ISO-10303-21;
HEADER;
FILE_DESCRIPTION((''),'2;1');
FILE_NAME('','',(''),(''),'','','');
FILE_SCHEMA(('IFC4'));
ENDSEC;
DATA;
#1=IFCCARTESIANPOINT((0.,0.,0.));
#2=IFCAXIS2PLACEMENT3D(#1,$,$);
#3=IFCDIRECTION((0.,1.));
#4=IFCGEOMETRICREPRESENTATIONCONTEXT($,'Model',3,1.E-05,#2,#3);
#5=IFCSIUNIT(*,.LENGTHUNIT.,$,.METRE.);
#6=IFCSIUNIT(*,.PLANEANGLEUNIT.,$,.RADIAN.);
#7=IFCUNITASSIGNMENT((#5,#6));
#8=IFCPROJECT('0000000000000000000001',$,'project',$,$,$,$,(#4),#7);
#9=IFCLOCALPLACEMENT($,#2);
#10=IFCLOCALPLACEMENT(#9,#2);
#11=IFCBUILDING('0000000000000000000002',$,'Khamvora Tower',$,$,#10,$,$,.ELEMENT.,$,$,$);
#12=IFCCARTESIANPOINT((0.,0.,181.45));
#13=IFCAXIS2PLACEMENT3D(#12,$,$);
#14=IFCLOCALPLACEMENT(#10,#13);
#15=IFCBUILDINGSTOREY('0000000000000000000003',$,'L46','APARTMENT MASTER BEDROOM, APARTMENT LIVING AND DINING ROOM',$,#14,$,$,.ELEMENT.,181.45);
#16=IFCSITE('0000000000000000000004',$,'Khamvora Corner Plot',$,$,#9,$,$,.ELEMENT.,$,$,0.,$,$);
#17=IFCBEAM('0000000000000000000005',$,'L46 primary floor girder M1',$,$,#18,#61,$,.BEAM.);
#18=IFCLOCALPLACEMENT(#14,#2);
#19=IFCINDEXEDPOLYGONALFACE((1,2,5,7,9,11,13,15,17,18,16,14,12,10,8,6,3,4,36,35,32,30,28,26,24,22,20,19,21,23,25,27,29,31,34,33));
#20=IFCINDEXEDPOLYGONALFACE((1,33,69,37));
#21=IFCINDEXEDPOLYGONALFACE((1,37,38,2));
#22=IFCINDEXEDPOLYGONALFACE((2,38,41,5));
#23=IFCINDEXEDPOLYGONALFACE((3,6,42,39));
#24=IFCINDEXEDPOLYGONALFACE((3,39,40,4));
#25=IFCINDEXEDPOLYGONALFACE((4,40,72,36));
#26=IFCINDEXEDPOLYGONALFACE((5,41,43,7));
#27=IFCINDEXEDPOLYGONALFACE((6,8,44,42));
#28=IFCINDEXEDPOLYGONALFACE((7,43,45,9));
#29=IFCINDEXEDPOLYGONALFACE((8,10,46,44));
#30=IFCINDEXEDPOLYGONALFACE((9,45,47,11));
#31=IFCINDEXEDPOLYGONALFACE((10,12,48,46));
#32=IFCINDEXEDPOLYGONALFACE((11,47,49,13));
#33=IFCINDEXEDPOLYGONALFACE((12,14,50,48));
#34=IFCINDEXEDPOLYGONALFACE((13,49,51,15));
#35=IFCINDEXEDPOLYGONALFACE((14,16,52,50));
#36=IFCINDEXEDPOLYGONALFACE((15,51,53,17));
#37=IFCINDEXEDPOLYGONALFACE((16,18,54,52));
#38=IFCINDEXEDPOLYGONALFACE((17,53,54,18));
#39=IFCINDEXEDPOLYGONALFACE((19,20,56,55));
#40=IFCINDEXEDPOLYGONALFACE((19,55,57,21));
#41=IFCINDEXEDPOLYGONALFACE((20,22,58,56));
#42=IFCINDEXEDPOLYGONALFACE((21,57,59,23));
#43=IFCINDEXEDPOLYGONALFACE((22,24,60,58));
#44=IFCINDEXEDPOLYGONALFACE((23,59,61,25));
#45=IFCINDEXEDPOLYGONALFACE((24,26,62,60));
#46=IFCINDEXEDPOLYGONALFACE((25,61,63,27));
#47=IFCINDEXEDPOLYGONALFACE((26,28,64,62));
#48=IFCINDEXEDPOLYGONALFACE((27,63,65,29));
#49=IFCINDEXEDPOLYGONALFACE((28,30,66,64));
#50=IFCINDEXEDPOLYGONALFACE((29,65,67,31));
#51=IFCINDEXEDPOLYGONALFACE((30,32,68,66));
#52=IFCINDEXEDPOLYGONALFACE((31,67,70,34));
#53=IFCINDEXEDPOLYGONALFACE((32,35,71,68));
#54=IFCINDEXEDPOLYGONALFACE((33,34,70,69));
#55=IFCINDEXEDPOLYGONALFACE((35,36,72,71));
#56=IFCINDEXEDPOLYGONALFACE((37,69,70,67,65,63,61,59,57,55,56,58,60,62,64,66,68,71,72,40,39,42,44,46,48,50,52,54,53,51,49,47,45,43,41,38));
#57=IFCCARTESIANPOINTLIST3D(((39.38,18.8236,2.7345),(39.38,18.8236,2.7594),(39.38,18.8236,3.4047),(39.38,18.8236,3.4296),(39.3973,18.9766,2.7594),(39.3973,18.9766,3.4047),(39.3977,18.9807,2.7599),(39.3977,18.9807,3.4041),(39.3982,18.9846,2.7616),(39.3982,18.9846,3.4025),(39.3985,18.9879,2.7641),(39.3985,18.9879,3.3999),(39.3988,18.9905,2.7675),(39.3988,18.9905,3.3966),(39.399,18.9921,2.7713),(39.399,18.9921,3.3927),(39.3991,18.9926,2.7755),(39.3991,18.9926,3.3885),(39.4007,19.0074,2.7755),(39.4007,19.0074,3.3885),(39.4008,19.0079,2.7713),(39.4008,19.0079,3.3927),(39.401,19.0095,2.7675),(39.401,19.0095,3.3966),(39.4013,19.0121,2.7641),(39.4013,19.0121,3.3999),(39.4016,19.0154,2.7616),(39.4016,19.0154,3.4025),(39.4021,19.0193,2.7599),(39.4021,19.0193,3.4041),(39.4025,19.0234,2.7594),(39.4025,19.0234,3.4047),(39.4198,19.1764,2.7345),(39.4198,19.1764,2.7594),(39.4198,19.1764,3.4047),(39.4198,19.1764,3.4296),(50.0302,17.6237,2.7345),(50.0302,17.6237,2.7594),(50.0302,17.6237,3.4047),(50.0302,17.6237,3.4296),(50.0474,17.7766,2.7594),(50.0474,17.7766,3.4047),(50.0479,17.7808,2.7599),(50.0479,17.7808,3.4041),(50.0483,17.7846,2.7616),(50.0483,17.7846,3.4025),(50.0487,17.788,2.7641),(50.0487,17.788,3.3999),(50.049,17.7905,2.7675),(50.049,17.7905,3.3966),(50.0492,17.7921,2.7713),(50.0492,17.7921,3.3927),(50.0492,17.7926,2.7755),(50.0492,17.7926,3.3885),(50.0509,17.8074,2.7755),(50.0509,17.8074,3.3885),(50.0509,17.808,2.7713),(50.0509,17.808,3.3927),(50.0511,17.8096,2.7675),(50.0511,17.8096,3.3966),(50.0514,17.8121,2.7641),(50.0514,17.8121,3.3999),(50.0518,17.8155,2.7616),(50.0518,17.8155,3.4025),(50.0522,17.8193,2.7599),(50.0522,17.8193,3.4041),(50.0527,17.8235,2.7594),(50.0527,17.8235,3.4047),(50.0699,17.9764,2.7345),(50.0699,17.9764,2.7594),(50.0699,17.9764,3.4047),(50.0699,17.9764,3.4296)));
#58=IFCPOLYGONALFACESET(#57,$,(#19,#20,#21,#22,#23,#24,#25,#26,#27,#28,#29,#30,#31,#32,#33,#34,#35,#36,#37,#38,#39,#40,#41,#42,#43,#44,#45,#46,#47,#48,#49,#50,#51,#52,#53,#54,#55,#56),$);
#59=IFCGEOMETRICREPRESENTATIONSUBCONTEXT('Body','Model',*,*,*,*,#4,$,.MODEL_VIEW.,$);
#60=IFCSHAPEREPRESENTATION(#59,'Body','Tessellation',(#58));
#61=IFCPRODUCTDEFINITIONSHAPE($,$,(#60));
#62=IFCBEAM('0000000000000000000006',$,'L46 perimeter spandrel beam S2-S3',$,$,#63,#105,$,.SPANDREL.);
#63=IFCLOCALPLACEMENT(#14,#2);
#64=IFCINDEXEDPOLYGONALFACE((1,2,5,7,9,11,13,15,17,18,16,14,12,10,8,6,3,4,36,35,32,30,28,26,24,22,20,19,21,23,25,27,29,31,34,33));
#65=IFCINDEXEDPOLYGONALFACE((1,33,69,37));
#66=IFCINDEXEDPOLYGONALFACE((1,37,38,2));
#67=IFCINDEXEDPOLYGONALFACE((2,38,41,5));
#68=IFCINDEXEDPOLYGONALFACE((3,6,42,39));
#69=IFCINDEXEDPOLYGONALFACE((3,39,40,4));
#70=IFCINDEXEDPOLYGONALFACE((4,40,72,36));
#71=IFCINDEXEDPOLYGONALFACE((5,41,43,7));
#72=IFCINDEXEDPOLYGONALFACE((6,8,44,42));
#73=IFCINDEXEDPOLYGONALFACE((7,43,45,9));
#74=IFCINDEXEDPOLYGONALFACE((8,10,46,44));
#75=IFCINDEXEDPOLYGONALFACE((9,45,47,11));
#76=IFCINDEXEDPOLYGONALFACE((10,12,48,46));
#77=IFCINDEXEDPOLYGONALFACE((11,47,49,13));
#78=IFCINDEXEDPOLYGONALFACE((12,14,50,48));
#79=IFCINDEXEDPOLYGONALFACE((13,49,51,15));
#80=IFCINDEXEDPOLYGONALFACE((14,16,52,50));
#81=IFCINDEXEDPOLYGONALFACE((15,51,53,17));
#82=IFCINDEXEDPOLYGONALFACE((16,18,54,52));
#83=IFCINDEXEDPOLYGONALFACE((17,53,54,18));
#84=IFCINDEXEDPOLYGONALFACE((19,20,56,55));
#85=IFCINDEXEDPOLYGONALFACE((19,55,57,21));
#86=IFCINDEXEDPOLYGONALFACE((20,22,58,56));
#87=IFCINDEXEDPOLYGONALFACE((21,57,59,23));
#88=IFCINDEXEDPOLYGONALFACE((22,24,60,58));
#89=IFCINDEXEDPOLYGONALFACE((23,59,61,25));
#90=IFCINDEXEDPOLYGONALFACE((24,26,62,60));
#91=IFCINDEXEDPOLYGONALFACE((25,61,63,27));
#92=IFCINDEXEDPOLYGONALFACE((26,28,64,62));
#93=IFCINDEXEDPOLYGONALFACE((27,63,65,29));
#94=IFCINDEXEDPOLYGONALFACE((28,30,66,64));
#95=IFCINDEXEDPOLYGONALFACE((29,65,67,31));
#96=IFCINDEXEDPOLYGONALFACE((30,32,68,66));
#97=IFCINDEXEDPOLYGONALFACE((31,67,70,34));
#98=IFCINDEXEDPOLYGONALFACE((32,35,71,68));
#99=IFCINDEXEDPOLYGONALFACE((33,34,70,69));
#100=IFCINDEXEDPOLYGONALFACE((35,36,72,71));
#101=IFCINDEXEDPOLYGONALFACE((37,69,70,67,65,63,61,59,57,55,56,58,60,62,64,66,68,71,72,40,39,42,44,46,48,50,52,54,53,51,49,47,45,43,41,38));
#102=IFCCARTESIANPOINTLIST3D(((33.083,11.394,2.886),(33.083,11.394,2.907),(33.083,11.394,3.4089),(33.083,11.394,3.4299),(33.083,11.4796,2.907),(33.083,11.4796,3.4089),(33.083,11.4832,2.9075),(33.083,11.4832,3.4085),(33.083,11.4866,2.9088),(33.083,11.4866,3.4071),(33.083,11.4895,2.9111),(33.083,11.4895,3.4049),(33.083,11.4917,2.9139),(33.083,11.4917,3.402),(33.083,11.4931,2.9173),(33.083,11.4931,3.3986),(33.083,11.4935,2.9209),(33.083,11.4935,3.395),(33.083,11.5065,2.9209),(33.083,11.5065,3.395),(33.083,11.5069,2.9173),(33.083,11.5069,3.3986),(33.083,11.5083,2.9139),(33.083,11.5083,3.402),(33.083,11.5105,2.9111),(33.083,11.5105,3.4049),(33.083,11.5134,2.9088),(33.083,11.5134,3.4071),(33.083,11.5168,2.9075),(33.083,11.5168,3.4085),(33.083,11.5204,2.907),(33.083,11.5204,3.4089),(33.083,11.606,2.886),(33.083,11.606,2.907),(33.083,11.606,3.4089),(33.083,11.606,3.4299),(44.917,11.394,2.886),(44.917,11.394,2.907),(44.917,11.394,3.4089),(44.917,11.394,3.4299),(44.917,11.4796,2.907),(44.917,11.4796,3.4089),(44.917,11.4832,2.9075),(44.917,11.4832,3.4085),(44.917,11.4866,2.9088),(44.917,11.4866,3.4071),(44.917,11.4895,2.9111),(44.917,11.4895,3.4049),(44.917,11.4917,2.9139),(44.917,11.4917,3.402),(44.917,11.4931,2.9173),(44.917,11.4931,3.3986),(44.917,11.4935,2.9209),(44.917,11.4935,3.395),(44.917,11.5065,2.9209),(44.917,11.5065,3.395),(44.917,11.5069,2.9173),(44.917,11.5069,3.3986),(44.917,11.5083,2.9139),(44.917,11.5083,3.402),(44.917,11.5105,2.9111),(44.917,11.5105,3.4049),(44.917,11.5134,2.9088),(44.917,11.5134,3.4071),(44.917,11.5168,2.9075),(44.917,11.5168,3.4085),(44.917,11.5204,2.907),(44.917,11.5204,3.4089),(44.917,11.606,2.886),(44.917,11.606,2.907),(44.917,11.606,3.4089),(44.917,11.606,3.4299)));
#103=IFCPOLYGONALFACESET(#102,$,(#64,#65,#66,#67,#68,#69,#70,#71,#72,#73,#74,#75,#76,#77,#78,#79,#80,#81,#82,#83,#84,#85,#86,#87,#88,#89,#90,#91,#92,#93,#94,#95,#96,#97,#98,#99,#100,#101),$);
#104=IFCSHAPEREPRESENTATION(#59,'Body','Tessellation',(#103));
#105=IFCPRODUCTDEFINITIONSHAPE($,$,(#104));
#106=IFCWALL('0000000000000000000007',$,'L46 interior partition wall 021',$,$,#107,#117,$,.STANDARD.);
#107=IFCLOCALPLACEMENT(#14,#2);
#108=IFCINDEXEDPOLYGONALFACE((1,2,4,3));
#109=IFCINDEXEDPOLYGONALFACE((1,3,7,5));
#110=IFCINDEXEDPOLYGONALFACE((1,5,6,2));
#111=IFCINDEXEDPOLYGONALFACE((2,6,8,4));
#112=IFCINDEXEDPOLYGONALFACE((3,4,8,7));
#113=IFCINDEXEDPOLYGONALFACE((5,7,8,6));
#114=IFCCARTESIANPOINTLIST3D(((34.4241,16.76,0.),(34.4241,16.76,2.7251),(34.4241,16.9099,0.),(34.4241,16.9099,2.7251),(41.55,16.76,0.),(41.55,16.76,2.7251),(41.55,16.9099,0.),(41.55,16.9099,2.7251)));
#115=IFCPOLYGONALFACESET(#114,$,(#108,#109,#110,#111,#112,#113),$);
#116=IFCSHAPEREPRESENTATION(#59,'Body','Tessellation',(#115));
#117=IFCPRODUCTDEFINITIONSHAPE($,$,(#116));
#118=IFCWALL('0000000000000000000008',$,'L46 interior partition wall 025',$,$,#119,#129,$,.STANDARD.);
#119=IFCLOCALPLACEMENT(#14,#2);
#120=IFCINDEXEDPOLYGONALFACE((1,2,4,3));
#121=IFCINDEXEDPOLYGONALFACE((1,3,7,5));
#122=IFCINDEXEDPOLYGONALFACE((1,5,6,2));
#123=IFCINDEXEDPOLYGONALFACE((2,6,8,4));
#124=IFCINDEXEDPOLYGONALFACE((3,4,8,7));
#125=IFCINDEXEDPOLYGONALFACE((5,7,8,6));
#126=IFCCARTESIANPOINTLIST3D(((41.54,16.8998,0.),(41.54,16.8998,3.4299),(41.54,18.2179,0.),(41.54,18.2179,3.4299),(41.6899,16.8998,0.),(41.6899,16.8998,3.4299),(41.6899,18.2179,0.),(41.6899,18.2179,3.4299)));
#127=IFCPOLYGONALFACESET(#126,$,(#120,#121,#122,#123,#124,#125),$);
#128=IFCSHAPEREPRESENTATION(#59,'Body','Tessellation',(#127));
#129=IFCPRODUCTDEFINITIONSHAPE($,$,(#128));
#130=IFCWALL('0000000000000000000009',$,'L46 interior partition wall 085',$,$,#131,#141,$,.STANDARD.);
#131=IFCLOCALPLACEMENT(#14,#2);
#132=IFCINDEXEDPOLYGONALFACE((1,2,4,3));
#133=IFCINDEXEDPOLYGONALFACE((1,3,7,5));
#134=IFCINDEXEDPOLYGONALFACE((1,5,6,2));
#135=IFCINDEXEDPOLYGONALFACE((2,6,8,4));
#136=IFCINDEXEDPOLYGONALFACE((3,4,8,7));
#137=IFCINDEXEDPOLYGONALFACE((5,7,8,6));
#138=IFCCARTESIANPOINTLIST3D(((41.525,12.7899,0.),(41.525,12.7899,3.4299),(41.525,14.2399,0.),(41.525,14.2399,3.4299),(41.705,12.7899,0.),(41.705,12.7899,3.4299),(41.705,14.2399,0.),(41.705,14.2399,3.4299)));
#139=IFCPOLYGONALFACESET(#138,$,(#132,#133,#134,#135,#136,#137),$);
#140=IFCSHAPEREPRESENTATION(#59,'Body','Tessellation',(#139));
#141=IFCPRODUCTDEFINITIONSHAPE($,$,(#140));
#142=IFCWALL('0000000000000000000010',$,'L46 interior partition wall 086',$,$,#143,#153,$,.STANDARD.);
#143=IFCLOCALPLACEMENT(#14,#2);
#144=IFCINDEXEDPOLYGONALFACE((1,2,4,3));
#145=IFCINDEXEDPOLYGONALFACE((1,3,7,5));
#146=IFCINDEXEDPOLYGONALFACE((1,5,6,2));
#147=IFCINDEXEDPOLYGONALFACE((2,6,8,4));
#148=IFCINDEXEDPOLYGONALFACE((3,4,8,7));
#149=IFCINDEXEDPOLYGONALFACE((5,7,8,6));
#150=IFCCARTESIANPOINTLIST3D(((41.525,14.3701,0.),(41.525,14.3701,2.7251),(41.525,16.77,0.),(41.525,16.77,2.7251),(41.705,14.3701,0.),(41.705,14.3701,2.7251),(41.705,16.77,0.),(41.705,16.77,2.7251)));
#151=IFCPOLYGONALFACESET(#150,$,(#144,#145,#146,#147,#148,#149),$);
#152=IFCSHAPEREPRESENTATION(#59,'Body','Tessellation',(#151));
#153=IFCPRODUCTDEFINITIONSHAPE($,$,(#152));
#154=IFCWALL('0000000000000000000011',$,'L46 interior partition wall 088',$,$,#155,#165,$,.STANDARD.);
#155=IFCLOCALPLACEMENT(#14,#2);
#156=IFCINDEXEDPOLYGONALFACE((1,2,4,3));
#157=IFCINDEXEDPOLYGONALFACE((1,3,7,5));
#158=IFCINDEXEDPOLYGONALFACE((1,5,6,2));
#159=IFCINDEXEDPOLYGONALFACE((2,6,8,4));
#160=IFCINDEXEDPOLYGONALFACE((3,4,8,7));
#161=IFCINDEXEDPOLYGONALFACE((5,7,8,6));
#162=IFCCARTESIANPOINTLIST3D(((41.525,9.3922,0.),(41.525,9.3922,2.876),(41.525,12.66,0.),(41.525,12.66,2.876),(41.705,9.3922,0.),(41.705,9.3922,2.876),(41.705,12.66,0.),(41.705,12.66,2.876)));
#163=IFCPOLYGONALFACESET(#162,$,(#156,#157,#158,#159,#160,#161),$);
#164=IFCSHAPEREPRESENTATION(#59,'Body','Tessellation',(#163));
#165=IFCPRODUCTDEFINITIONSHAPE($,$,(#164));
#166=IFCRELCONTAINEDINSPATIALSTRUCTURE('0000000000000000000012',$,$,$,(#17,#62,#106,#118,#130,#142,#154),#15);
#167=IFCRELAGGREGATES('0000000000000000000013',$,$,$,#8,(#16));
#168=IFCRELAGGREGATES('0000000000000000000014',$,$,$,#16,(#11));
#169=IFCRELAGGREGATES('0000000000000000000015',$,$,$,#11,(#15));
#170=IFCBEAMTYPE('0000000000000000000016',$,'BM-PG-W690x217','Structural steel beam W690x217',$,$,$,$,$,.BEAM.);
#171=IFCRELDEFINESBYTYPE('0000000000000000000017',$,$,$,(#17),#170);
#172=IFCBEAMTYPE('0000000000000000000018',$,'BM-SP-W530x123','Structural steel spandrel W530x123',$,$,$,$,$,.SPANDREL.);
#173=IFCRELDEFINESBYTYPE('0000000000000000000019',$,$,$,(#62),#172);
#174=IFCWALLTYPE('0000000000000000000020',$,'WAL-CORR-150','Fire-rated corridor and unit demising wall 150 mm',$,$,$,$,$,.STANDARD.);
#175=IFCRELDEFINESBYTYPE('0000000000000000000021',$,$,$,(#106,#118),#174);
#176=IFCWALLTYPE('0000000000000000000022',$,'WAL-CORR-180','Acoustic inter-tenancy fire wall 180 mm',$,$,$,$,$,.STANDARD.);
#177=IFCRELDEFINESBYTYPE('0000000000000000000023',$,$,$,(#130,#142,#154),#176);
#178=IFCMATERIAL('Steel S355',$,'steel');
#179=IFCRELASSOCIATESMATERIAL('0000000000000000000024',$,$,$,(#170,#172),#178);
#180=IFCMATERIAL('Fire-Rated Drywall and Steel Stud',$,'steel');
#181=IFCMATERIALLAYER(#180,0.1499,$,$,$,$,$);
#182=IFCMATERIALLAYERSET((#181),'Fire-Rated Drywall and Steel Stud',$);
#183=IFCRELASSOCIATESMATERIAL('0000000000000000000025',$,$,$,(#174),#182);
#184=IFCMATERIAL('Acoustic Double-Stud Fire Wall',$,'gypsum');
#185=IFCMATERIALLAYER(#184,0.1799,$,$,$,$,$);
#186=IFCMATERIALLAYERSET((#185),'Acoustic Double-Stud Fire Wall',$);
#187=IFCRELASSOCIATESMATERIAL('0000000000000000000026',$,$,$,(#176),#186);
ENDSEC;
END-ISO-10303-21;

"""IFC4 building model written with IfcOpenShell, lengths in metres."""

from ifc_helpers import new_model, si_unit, direction, frame, frame_2d, origin, origin_2d, place, context, subcontext, project, spatial, rectangle, i_section, extrude, material, layer, layer_set, material_profile, profile_set, type_object, element, save


model = new_model("IFC4")

# Units and contexts
model_context = context("Model", 3, precision=1e-05, world=origin(), true_north=direction((0.0, 1.0)))
body_context = subcontext(model_context, "Body", "Model", "MODEL_VIEW")
ifc_project = project(units=[si_unit("LENGTHUNIT", "METRE"), si_unit("PLANEANGLEUNIT", "RADIAN")], contexts=[model_context])

# Site, building, storey
site_placement = place(None, origin())
site = spatial("IfcSite", under=ifc_project, at=site_placement, Name="Khamvora Corner Plot", CompositionType="ELEMENT", RefElevation=0.0)
building_placement = place(site_placement, origin())
building = spatial("IfcBuilding", under=site, at=building_placement, Name="Khamvora Tower", CompositionType="ELEMENT")
storey_placement = place(building_placement, frame((0.0, 0.0, 181.45)))
storey = spatial("IfcBuildingStorey", under=building, at=storey_placement, Name="L46", Description="APARTMENT MASTER BEDROOM, APARTMENT LIVING AND DINING ROOM", CompositionType="ELEMENT", Elevation=181.45)

# Shared definitions
ifc_material_1 = material(Name="Steel S355", Category="steel")

# Beams
ifc_material_profile_1 = material_profile(ifc_material_1, i_section(OverallWidth=0.355, OverallDepth=0.6951, WebThickness=0.0149, FlangeThickness=0.0249, FilletRadius=0.0161, at=origin_2d()), Name="W690x217")
ifc_profile_set_1 = profile_set([ifc_material_profile_1], Name="Steel S355")
beam_type_1 = type_object("IfcBeamType", Name="BM-PG-W690x217", Description="Structural steel beam W690x217", PredefinedType="BEAM", material=ifc_profile_set_1)
beam_1_placement = place(storey_placement, frame((39.3999, 19.0, 3.082), z_axis=(0.993713, -0.111962, 0.0), x_axis=(0.111962, 0.993713, 0.0)))
element("IfcBeam", 1, at=beam_1_placement, inside=storey, type_object=beam_type_1, Name="L46 primary floor girder M1", PredefinedType="BEAM", context=body_context, shape_type="SweptSolid", body=[
    extrude(i_section(OverallWidth=0.355, OverallDepth=0.6951, WebThickness=0.0149, FlangeThickness=0.0249, FilletRadius=0.0161, at=origin_2d()), origin(), (0.0, 0.0, 1.0), 10.7175),
])
ifc_material_profile_2 = material_profile(ifc_material_1, i_section(OverallWidth=0.2119, OverallDepth=0.5439, WebThickness=0.0129, FlangeThickness=0.021, FilletRadius=0.0139, at=origin_2d()), Name="W530x123")
ifc_profile_set_2 = profile_set([ifc_material_profile_2], Name="Steel S355")
beam_type_2 = type_object("IfcBeamType", Name="BM-SP-W530x123", Description="Structural steel spandrel W530x123", PredefinedType="SPANDREL", material=ifc_profile_set_2)
beam_2_placement = place(storey_placement, frame((33.083, 11.5, 3.158), z_axis=(1.0, 0.0, 0.0), x_axis=(0.0, 1.0, 0.0)))
element("IfcBeam", 2, at=beam_2_placement, inside=storey, type_object=beam_type_2, Name="L46 perimeter spandrel beam S2-S3", PredefinedType="SPANDREL", context=body_context, shape_type="SweptSolid", body=[
    extrude(i_section(OverallWidth=0.2119, OverallDepth=0.5439, WebThickness=0.0129, FlangeThickness=0.021, FilletRadius=0.0139, at=origin_2d()), origin(), (0.0, 0.0, 1.0), 11.834),
])

# Shared definitions
ifc_material_2 = material(Name="Fire-Rated Drywall and Steel Stud", Category="steel")
ifc_layer_1 = layer(ifc_material_2, 0.1499)
ifc_layer_set_1 = layer_set([ifc_layer_1], Name="Fire-Rated Drywall and Steel Stud")
wall_type_1 = type_object("IfcWallType", Name="WAL-CORR-150", Description="Fire-rated corridor and unit demising wall 150 mm", PredefinedType="STANDARD", material=ifc_layer_set_1)

# Walls
wall_1_placement = place(storey_placement, frame((41.55, 16.835, 0.0), z_axis=(0.0, 0.0, 1.0), x_axis=(-1.0, 0.0, 0.0)))
element("IfcWall", 3, at=wall_1_placement, inside=storey, type_object=wall_type_1, Name="L46 interior partition wall 021", PredefinedType="STANDARD", context=body_context, shape_type="SweptSolid", body=[
    extrude(rectangle(XDim=7.126, YDim=0.1499, at=frame_2d((3.563, 0.0))), origin(), (0.0, 0.0, 1.0), 2.7251),
])
wall_2_placement = place(storey_placement, frame((41.615, 18.218, 0.0), z_axis=(0.0, 0.0, 1.0), x_axis=(0.0, -1.0, 0.0)))
element("IfcWall", 4, at=wall_2_placement, inside=storey, type_object=wall_type_1, Name="L46 interior partition wall 025", PredefinedType="STANDARD", context=body_context, shape_type="SweptSolid", body=[
    extrude(rectangle(XDim=1.3181, YDim=0.1499, at=frame_2d((0.6592, 0.0))), origin(), (0.0, 0.0, 1.0), 3.4299),
])
ifc_material_3 = material(Name="Acoustic Double-Stud Fire Wall", Category="gypsum")
ifc_layer_2 = layer(ifc_material_3, 0.1799)
ifc_layer_set_2 = layer_set([ifc_layer_2], Name="Acoustic Double-Stud Fire Wall")
wall_type_2 = type_object("IfcWallType", Name="WAL-CORR-180", Description="Acoustic inter-tenancy fire wall 180 mm", PredefinedType="STANDARD", material=ifc_layer_set_2)
wall_3_placement = place(storey_placement, frame((41.615, 14.24, 0.0), z_axis=(0.0, 0.0, 1.0), x_axis=(0.0, -1.0, 0.0)))
element("IfcWall", 5, at=wall_3_placement, inside=storey, type_object=wall_type_2, Name="L46 interior partition wall 085", PredefinedType="STANDARD", context=body_context, shape_type="SweptSolid", body=[
    extrude(rectangle(XDim=1.45, YDim=0.1799, at=frame_2d((0.7251, 0.0))), origin(), (0.0, 0.0, 1.0), 3.4299),
])
wall_4_placement = place(storey_placement, frame((41.615, 16.77, 0.0), z_axis=(0.0, 0.0, 1.0), x_axis=(0.0, -1.0, 0.0)))
element("IfcWall", 6, at=wall_4_placement, inside=storey, type_object=wall_type_2, Name="L46 interior partition wall 086", PredefinedType="STANDARD", context=body_context, shape_type="SweptSolid", body=[
    extrude(rectangle(XDim=2.3999, YDim=0.1799, at=frame_2d((1.2, 0.0))), origin(), (0.0, 0.0, 1.0), 2.7251),
])
wall_5_placement = place(storey_placement, frame((41.615, 12.6599, 0.0), z_axis=(0.0, 0.0, 1.0), x_axis=(0.0, -1.0, 0.0)))
element("IfcWall", 7, at=wall_5_placement, inside=storey, type_object=wall_type_2, Name="L46 interior partition wall 088", PredefinedType="STANDARD", context=body_context, shape_type="SweptSolid", body=[
    extrude(rectangle(XDim=3.2678, YDim=0.1799, at=frame_2d((1.6338, 0.0))), origin(), (0.0, 0.0, 1.0), 2.876),
])

save(model, "model.ifc")
